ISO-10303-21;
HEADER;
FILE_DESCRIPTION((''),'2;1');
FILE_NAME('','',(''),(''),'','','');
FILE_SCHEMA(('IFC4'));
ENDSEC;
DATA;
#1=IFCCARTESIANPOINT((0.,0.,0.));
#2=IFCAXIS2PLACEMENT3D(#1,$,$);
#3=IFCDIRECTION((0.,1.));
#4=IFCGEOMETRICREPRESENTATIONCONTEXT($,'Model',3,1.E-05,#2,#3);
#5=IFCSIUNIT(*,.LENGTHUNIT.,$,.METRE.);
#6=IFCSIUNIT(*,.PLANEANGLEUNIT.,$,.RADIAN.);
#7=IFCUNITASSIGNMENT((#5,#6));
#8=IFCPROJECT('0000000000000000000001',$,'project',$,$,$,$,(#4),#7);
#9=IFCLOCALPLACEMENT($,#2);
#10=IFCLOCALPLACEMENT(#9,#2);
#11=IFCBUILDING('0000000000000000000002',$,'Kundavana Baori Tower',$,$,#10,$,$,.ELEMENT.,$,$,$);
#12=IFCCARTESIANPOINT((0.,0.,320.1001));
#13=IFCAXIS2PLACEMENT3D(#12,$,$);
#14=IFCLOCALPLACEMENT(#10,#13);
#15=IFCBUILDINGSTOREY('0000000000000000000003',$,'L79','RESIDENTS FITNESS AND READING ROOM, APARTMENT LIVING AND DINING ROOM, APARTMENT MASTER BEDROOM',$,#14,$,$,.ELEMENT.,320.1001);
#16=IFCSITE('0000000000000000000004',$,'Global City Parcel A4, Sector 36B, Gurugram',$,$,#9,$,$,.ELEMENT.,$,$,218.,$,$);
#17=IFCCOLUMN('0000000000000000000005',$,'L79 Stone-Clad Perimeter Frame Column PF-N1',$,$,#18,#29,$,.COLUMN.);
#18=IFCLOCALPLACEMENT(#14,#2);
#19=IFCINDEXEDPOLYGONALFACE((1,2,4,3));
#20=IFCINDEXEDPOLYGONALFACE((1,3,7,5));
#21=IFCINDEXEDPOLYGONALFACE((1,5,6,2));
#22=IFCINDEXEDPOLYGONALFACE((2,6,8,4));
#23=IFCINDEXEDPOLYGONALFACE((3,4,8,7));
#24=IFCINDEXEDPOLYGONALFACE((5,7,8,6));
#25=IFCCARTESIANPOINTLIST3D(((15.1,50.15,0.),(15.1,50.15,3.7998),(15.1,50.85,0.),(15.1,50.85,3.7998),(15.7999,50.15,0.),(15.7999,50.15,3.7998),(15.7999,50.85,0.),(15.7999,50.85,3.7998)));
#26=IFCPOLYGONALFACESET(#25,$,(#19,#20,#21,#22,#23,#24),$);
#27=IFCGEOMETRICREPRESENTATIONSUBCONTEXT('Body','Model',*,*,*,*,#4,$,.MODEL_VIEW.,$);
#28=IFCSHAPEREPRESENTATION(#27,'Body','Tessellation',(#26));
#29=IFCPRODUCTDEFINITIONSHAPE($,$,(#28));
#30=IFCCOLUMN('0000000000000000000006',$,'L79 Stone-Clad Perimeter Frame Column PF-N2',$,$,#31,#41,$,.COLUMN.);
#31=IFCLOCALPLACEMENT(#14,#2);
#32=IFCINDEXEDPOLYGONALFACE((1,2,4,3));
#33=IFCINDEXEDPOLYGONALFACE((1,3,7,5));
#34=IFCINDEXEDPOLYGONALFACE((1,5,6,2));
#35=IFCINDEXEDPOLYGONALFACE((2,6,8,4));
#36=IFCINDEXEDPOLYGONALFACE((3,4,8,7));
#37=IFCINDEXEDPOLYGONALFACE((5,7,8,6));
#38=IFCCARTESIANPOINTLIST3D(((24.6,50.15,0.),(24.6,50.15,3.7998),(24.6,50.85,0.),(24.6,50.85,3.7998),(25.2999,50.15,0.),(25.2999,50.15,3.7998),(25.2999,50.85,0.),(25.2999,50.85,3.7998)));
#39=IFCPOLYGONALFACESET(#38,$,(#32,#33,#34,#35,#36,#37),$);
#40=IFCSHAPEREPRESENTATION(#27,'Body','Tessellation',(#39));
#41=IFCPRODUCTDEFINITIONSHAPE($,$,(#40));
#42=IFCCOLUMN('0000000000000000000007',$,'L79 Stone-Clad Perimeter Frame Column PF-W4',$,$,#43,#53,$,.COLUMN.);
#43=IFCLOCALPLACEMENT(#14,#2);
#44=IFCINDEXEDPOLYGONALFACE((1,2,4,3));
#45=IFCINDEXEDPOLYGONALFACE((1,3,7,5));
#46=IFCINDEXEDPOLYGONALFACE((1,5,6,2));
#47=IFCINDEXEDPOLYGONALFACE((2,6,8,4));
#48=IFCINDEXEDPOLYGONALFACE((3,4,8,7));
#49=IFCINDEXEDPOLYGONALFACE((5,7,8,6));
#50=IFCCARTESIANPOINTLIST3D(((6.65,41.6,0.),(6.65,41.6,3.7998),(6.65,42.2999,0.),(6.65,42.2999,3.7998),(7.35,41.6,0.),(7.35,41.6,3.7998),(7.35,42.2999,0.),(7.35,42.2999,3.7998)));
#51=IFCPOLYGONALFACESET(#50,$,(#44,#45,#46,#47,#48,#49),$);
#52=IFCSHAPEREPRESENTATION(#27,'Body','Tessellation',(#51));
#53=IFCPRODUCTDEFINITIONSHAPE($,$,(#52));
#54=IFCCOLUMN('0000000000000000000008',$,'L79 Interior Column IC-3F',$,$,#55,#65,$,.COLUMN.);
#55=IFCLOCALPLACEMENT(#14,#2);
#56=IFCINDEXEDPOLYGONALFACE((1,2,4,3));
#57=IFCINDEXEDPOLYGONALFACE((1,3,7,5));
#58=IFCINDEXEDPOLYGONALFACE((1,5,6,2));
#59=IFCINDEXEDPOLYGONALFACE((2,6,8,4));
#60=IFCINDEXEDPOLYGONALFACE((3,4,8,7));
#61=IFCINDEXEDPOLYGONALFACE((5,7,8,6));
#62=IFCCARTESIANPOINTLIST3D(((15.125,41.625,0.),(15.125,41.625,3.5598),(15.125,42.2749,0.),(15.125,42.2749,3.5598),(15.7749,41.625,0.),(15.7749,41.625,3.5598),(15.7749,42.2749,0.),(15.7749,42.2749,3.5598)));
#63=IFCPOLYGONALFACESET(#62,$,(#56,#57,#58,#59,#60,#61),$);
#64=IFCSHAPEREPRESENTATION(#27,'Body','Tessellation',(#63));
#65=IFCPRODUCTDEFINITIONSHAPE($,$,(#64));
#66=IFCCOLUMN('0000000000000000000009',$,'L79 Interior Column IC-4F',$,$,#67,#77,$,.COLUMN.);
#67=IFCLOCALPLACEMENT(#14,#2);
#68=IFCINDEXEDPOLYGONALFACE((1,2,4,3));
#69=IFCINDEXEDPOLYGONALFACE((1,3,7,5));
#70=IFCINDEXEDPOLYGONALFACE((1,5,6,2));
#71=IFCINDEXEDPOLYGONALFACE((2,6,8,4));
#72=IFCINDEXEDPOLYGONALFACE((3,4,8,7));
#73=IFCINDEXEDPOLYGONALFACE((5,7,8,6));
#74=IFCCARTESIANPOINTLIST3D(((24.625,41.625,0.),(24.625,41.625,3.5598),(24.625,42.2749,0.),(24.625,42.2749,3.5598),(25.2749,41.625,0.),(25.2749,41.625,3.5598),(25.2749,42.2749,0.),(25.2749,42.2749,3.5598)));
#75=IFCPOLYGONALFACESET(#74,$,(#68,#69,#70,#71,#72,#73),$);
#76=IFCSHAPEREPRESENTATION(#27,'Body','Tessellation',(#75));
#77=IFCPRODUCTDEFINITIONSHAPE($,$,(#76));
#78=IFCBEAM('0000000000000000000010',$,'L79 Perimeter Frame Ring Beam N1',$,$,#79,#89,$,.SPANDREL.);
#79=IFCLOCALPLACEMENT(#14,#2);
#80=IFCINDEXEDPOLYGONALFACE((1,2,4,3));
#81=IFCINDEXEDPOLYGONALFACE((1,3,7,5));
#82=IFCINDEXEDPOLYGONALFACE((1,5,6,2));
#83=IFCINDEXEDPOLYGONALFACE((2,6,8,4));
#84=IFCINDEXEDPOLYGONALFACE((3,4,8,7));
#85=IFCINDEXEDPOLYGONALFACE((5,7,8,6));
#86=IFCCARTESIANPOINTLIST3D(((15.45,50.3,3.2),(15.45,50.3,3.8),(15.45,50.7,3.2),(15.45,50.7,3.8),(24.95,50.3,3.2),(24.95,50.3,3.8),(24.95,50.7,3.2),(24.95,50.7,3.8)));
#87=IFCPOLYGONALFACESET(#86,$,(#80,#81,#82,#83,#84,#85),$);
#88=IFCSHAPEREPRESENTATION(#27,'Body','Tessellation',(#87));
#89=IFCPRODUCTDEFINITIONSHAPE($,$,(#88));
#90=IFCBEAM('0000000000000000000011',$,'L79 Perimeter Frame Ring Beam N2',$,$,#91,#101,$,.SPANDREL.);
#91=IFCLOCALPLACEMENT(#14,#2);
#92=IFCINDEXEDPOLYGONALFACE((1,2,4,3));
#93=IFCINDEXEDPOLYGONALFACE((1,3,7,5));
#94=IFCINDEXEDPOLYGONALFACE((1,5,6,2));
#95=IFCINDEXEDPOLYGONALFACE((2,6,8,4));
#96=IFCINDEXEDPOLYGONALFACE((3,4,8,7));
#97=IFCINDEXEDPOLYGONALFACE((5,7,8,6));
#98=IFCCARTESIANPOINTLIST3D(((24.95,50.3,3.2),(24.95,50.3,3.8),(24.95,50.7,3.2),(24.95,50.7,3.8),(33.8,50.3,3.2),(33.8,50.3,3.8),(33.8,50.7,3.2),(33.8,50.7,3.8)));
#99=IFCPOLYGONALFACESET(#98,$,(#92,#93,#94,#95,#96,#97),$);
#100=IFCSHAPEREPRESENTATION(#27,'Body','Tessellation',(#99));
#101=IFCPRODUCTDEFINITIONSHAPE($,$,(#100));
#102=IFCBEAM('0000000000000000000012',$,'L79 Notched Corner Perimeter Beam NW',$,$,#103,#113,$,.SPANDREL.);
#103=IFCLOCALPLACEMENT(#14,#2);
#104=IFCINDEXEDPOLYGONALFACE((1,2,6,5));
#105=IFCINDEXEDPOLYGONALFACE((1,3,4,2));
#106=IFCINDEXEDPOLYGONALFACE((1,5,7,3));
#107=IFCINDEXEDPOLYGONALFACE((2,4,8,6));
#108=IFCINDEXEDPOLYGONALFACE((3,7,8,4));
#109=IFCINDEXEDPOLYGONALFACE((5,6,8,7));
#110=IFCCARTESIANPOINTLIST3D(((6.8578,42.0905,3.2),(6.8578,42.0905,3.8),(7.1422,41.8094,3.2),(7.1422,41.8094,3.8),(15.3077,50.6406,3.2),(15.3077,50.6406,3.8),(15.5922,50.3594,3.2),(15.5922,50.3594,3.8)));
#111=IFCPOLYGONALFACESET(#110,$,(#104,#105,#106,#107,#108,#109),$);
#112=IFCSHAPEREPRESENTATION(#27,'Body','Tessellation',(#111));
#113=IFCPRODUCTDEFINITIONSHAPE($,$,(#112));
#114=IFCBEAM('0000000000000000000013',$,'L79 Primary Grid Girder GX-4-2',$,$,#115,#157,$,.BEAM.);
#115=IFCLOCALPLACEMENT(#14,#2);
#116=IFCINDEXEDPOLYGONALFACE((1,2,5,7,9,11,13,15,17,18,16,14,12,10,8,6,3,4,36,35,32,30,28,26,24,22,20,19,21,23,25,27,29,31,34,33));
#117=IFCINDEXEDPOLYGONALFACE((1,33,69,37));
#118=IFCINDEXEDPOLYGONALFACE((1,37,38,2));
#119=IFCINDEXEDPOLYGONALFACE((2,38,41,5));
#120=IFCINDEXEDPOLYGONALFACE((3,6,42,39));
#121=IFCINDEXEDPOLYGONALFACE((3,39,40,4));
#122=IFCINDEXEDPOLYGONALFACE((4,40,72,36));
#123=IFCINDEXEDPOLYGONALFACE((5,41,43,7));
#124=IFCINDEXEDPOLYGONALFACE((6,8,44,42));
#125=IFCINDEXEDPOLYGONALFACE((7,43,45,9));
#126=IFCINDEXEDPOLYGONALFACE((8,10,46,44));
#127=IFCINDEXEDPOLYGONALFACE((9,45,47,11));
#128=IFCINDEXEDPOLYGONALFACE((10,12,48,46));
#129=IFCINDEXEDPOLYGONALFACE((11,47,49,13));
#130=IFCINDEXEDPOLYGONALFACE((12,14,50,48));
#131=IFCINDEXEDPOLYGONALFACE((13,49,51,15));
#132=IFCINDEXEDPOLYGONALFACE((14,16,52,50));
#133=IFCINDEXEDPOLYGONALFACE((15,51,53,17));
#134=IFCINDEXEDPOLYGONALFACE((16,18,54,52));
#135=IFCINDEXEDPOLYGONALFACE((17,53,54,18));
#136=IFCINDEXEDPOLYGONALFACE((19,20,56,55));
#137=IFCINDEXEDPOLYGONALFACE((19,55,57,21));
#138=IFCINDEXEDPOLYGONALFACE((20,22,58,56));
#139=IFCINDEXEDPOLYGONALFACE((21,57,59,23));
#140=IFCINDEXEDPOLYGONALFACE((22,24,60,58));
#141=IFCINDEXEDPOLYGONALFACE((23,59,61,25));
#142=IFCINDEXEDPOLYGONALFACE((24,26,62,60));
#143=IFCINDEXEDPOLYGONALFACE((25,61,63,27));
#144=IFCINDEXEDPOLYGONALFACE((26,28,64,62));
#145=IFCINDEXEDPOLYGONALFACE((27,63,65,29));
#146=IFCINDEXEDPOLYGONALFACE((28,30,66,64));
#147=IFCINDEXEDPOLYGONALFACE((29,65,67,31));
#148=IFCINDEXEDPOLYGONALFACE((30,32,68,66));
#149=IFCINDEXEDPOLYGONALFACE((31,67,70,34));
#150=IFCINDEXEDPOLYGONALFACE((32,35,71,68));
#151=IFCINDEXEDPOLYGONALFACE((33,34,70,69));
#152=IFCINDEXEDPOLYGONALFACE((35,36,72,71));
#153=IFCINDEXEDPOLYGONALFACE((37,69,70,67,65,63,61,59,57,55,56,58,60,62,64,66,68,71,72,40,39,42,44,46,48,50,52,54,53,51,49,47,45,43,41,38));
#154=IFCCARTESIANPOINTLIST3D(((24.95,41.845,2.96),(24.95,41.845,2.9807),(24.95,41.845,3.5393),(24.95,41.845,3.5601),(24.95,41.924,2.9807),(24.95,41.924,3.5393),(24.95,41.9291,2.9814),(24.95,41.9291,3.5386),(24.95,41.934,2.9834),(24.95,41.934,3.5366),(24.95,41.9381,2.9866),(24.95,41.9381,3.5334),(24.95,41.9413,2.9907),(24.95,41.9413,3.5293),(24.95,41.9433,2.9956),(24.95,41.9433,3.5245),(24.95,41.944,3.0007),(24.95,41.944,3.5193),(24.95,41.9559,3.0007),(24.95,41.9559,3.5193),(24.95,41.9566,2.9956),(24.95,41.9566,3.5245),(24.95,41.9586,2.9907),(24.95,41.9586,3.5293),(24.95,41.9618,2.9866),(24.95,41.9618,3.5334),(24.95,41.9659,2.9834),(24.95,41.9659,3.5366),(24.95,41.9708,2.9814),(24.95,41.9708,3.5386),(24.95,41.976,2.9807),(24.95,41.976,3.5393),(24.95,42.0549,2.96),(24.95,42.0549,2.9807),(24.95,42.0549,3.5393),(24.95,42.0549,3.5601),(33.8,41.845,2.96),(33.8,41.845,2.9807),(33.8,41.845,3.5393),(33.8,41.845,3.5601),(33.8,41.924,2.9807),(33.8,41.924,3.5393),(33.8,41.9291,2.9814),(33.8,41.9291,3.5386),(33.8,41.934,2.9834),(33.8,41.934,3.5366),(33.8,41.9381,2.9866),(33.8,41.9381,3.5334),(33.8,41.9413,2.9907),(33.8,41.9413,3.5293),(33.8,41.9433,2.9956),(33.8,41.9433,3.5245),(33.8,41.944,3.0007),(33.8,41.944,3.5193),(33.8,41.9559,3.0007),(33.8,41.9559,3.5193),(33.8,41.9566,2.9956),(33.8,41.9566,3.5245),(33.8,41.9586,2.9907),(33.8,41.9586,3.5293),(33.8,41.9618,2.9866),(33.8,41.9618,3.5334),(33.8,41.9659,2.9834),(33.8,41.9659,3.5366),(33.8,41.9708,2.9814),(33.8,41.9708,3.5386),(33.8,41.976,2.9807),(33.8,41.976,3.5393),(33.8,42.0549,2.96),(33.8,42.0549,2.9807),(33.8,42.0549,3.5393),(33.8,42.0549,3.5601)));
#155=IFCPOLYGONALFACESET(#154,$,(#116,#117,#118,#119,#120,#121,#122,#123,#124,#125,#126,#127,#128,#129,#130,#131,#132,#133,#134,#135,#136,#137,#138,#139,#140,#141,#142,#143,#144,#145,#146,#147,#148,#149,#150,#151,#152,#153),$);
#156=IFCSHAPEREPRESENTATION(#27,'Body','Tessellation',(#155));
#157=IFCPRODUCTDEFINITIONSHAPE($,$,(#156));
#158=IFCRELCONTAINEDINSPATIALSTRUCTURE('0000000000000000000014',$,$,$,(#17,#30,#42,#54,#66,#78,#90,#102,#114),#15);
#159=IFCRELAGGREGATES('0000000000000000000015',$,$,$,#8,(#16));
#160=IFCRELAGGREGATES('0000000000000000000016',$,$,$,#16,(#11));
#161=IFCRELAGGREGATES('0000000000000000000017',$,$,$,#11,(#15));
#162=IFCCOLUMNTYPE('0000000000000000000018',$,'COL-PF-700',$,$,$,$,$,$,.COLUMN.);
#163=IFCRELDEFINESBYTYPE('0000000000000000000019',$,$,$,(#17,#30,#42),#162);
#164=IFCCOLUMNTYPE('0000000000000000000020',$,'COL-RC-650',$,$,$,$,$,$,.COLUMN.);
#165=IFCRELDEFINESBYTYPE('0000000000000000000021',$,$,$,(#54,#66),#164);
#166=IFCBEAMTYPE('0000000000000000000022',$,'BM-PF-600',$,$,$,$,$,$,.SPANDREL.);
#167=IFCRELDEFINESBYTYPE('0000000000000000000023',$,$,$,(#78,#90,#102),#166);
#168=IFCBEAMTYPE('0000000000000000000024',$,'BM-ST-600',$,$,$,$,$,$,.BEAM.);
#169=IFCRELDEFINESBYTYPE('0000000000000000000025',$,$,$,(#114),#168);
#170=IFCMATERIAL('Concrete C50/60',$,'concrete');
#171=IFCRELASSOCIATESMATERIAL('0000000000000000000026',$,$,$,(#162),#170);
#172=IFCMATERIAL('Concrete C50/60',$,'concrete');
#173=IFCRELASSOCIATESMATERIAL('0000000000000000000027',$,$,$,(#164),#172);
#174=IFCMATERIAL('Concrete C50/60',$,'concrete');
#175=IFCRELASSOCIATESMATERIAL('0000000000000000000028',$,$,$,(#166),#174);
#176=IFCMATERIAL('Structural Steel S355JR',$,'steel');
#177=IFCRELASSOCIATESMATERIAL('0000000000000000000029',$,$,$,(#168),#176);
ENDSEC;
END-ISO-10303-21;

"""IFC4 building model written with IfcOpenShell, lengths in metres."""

from ifc_helpers import new_model, si_unit, direction, frame, origin, origin_2d, place, context, subcontext, project, spatial, rectangle, i_section, extrude, material, material_profile, profile_set, type_object, element, save


model = new_model("IFC4")

# Units and contexts
model_context = context("Model", 3, precision=1e-05, world=origin(), true_north=direction((0.0, 1.0)))
body_context = subcontext(model_context, "Body", "Model", "MODEL_VIEW")
ifc_project = project(units=[si_unit("LENGTHUNIT", "METRE"), si_unit("PLANEANGLEUNIT", "RADIAN")], contexts=[model_context])

# Site, building, storey
site_placement = place(None, origin())
site = spatial("IfcSite", under=ifc_project, at=site_placement, Name="Global City Parcel A4, Sector 36B, Gurugram", CompositionType="ELEMENT", RefElevation=218.0)
building_placement = place(site_placement, origin())
building = spatial("IfcBuilding", under=site, at=building_placement, Name="Kundavana Baori Tower", CompositionType="ELEMENT")
storey_placement = place(building_placement, frame((0.0, 0.0, 320.1001)))
storey = spatial("IfcBuildingStorey", under=building, at=storey_placement, Name="L79", Description="RESIDENTS FITNESS AND READING ROOM, APARTMENT LIVING AND DINING ROOM, APARTMENT MASTER BEDROOM", CompositionType="ELEMENT", Elevation=320.1001)

# Columns
ifc_material_1 = material(Name="Concrete C50/60", Category="concrete")
ifc_material_profile_1 = material_profile(ifc_material_1, rectangle(XDim=0.7, YDim=0.7, at=origin_2d()), Name="RC PF 700x700")
ifc_profile_set_1 = profile_set([ifc_material_profile_1], Name="Concrete C50/60")
column_type_1 = type_object("IfcColumnType", Name="COL-PF-700", PredefinedType="COLUMN", material=ifc_profile_set_1)
for number, where, z_axis, x_axis, name in (
    (1, (15.45, 50.5, 0.0), (0.0, 0.0, 1.0), (1.0, 0.0, 0.0), "L79 Stone-Clad Perimeter Frame Column PF-N1"),
    (2, (24.95, 50.5, 0.0), (0.0, 0.0, 1.0), (1.0, 0.0, 0.0), "L79 Stone-Clad Perimeter Frame Column PF-N2"),
    (3, (7.0, 41.95, 0.0), (0.0, 0.0, 1.0), (1.0, 0.0, 0.0), "L79 Stone-Clad Perimeter Frame Column PF-W4"),
):
    element("IfcColumn", number, at=place(storey_placement, frame(where, z_axis=z_axis, x_axis=x_axis)), inside=storey, type_object=column_type_1, Name=name, PredefinedType="COLUMN", context=body_context, shape_type="SweptSolid", body=[
        extrude(rectangle(XDim=0.7, YDim=0.7, at=origin_2d()), origin(), (0.0, 0.0, 1.0), 3.7998),
    ])
ifc_material_2 = material(Name="Concrete C50/60", Category="concrete")
ifc_material_profile_2 = material_profile(ifc_material_2, rectangle(XDim=0.6499, YDim=0.6499, at=origin_2d()), Name="RC 650x650")
ifc_profile_set_2 = profile_set([ifc_material_profile_2], Name="Concrete C50/60")
column_type_2 = type_object("IfcColumnType", Name="COL-RC-650", PredefinedType="COLUMN", material=ifc_profile_set_2)
for number, where, z_axis, x_axis, name in (
    (4, (15.45, 41.95, 0.0), (0.0, 0.0, 1.0), (1.0, 0.0, 0.0), "L79 Interior Column IC-3F"),
    (5, (24.95, 41.95, 0.0), (0.0, 0.0, 1.0), (1.0, 0.0, 0.0), "L79 Interior Column IC-4F"),
):
    element("IfcColumn", number, at=place(storey_placement, frame(where, z_axis=z_axis, x_axis=x_axis)), inside=storey, type_object=column_type_2, Name=name, PredefinedType="COLUMN", context=body_context, shape_type="SweptSolid", body=[
        extrude(rectangle(XDim=0.6499, YDim=0.6499, at=origin_2d()), origin(), (0.0, 0.0, 1.0), 3.5598),
    ])

# Beams
ifc_material_3 = material(Name="Concrete C50/60", Category="concrete")
ifc_material_profile_3 = material_profile(ifc_material_3, rectangle(XDim=0.3999, YDim=0.6001, at=origin_2d()), Name="RC BM 400x600")
ifc_profile_set_3 = profile_set([ifc_material_profile_3], Name="Concrete C50/60")
beam_type_1 = type_object("IfcBeamType", Name="BM-PF-600", PredefinedType="SPANDREL", material=ifc_profile_set_3)
beam_1_placement = place(storey_placement, frame((15.45, 50.5, 3.5), z_axis=(1.0, 0.0, 0.0), x_axis=(0.0, 1.0, 0.0)))
element("IfcBeam", 6, at=beam_1_placement, inside=storey, type_object=beam_type_1, Name="L79 Perimeter Frame Ring Beam N1", PredefinedType="SPANDREL", context=body_context, shape_type="SweptSolid", body=[
    extrude(rectangle(XDim=0.3999, YDim=0.6001, at=origin_2d()), origin(), (0.0, 0.0, 1.0), 9.5),
])
beam_2_placement = place(storey_placement, frame((24.95, 50.5, 3.5), z_axis=(1.0, 0.0, 0.0), x_axis=(0.0, 1.0, 0.0)))
element("IfcBeam", 7, at=beam_2_placement, inside=storey, type_object=beam_type_1, Name="L79 Perimeter Frame Ring Beam N2", PredefinedType="SPANDREL", context=body_context, shape_type="SweptSolid", body=[
    extrude(rectangle(XDim=0.3999, YDim=0.6001, at=origin_2d()), origin(), (0.0, 0.0, 1.0), 8.8501),
])
beam_3_placement = place(storey_placement, frame((15.45, 50.5, 3.5), z_axis=(-0.702931, -0.711258, 0.0), x_axis=(0.711258, -0.702931, 0.0)))
element("IfcBeam", 8, at=beam_3_placement, inside=storey, type_object=beam_type_1, Name="L79 Notched Corner Perimeter Beam NW", PredefinedType="SPANDREL", context=body_context, shape_type="SweptSolid", body=[
    extrude(rectangle(XDim=0.3999, YDim=0.6001, at=origin_2d()), origin(), (0.0, 0.0, 1.0), 12.021),
])
ifc_material_4 = material(Name="Structural Steel S355JR", Category="steel")
ifc_material_profile_4 = material_profile(ifc_material_4, i_section(OverallWidth=0.21, OverallDepth=0.6001, WebThickness=0.012, FlangeThickness=0.0208, FilletRadius=0.02, at=origin_2d()), Name="ISMB 600")
ifc_profile_set_4 = profile_set([ifc_material_profile_4], Name="Structural Steel S355JR")
beam_type_2 = type_object("IfcBeamType", Name="BM-ST-600", PredefinedType="BEAM", material=ifc_profile_set_4)
beam_4_placement = place(storey_placement, frame((24.95, 41.95, 3.26), z_axis=(1.0, 0.0, 0.0), x_axis=(0.0, 1.0, 0.0)))
element("IfcBeam", 9, at=beam_4_placement, inside=storey, type_object=beam_type_2, Name="L79 Primary Grid Girder GX-4-2", PredefinedType="BEAM", context=body_context, shape_type="SweptSolid", body=[
    extrude(i_section(OverallWidth=0.21, OverallDepth=0.6001, WebThickness=0.012, FlangeThickness=0.0208, FilletRadius=0.02, at=origin_2d()), origin(), (0.0, 0.0, 1.0), 8.8501),
])

save(model, "model.ifc")
